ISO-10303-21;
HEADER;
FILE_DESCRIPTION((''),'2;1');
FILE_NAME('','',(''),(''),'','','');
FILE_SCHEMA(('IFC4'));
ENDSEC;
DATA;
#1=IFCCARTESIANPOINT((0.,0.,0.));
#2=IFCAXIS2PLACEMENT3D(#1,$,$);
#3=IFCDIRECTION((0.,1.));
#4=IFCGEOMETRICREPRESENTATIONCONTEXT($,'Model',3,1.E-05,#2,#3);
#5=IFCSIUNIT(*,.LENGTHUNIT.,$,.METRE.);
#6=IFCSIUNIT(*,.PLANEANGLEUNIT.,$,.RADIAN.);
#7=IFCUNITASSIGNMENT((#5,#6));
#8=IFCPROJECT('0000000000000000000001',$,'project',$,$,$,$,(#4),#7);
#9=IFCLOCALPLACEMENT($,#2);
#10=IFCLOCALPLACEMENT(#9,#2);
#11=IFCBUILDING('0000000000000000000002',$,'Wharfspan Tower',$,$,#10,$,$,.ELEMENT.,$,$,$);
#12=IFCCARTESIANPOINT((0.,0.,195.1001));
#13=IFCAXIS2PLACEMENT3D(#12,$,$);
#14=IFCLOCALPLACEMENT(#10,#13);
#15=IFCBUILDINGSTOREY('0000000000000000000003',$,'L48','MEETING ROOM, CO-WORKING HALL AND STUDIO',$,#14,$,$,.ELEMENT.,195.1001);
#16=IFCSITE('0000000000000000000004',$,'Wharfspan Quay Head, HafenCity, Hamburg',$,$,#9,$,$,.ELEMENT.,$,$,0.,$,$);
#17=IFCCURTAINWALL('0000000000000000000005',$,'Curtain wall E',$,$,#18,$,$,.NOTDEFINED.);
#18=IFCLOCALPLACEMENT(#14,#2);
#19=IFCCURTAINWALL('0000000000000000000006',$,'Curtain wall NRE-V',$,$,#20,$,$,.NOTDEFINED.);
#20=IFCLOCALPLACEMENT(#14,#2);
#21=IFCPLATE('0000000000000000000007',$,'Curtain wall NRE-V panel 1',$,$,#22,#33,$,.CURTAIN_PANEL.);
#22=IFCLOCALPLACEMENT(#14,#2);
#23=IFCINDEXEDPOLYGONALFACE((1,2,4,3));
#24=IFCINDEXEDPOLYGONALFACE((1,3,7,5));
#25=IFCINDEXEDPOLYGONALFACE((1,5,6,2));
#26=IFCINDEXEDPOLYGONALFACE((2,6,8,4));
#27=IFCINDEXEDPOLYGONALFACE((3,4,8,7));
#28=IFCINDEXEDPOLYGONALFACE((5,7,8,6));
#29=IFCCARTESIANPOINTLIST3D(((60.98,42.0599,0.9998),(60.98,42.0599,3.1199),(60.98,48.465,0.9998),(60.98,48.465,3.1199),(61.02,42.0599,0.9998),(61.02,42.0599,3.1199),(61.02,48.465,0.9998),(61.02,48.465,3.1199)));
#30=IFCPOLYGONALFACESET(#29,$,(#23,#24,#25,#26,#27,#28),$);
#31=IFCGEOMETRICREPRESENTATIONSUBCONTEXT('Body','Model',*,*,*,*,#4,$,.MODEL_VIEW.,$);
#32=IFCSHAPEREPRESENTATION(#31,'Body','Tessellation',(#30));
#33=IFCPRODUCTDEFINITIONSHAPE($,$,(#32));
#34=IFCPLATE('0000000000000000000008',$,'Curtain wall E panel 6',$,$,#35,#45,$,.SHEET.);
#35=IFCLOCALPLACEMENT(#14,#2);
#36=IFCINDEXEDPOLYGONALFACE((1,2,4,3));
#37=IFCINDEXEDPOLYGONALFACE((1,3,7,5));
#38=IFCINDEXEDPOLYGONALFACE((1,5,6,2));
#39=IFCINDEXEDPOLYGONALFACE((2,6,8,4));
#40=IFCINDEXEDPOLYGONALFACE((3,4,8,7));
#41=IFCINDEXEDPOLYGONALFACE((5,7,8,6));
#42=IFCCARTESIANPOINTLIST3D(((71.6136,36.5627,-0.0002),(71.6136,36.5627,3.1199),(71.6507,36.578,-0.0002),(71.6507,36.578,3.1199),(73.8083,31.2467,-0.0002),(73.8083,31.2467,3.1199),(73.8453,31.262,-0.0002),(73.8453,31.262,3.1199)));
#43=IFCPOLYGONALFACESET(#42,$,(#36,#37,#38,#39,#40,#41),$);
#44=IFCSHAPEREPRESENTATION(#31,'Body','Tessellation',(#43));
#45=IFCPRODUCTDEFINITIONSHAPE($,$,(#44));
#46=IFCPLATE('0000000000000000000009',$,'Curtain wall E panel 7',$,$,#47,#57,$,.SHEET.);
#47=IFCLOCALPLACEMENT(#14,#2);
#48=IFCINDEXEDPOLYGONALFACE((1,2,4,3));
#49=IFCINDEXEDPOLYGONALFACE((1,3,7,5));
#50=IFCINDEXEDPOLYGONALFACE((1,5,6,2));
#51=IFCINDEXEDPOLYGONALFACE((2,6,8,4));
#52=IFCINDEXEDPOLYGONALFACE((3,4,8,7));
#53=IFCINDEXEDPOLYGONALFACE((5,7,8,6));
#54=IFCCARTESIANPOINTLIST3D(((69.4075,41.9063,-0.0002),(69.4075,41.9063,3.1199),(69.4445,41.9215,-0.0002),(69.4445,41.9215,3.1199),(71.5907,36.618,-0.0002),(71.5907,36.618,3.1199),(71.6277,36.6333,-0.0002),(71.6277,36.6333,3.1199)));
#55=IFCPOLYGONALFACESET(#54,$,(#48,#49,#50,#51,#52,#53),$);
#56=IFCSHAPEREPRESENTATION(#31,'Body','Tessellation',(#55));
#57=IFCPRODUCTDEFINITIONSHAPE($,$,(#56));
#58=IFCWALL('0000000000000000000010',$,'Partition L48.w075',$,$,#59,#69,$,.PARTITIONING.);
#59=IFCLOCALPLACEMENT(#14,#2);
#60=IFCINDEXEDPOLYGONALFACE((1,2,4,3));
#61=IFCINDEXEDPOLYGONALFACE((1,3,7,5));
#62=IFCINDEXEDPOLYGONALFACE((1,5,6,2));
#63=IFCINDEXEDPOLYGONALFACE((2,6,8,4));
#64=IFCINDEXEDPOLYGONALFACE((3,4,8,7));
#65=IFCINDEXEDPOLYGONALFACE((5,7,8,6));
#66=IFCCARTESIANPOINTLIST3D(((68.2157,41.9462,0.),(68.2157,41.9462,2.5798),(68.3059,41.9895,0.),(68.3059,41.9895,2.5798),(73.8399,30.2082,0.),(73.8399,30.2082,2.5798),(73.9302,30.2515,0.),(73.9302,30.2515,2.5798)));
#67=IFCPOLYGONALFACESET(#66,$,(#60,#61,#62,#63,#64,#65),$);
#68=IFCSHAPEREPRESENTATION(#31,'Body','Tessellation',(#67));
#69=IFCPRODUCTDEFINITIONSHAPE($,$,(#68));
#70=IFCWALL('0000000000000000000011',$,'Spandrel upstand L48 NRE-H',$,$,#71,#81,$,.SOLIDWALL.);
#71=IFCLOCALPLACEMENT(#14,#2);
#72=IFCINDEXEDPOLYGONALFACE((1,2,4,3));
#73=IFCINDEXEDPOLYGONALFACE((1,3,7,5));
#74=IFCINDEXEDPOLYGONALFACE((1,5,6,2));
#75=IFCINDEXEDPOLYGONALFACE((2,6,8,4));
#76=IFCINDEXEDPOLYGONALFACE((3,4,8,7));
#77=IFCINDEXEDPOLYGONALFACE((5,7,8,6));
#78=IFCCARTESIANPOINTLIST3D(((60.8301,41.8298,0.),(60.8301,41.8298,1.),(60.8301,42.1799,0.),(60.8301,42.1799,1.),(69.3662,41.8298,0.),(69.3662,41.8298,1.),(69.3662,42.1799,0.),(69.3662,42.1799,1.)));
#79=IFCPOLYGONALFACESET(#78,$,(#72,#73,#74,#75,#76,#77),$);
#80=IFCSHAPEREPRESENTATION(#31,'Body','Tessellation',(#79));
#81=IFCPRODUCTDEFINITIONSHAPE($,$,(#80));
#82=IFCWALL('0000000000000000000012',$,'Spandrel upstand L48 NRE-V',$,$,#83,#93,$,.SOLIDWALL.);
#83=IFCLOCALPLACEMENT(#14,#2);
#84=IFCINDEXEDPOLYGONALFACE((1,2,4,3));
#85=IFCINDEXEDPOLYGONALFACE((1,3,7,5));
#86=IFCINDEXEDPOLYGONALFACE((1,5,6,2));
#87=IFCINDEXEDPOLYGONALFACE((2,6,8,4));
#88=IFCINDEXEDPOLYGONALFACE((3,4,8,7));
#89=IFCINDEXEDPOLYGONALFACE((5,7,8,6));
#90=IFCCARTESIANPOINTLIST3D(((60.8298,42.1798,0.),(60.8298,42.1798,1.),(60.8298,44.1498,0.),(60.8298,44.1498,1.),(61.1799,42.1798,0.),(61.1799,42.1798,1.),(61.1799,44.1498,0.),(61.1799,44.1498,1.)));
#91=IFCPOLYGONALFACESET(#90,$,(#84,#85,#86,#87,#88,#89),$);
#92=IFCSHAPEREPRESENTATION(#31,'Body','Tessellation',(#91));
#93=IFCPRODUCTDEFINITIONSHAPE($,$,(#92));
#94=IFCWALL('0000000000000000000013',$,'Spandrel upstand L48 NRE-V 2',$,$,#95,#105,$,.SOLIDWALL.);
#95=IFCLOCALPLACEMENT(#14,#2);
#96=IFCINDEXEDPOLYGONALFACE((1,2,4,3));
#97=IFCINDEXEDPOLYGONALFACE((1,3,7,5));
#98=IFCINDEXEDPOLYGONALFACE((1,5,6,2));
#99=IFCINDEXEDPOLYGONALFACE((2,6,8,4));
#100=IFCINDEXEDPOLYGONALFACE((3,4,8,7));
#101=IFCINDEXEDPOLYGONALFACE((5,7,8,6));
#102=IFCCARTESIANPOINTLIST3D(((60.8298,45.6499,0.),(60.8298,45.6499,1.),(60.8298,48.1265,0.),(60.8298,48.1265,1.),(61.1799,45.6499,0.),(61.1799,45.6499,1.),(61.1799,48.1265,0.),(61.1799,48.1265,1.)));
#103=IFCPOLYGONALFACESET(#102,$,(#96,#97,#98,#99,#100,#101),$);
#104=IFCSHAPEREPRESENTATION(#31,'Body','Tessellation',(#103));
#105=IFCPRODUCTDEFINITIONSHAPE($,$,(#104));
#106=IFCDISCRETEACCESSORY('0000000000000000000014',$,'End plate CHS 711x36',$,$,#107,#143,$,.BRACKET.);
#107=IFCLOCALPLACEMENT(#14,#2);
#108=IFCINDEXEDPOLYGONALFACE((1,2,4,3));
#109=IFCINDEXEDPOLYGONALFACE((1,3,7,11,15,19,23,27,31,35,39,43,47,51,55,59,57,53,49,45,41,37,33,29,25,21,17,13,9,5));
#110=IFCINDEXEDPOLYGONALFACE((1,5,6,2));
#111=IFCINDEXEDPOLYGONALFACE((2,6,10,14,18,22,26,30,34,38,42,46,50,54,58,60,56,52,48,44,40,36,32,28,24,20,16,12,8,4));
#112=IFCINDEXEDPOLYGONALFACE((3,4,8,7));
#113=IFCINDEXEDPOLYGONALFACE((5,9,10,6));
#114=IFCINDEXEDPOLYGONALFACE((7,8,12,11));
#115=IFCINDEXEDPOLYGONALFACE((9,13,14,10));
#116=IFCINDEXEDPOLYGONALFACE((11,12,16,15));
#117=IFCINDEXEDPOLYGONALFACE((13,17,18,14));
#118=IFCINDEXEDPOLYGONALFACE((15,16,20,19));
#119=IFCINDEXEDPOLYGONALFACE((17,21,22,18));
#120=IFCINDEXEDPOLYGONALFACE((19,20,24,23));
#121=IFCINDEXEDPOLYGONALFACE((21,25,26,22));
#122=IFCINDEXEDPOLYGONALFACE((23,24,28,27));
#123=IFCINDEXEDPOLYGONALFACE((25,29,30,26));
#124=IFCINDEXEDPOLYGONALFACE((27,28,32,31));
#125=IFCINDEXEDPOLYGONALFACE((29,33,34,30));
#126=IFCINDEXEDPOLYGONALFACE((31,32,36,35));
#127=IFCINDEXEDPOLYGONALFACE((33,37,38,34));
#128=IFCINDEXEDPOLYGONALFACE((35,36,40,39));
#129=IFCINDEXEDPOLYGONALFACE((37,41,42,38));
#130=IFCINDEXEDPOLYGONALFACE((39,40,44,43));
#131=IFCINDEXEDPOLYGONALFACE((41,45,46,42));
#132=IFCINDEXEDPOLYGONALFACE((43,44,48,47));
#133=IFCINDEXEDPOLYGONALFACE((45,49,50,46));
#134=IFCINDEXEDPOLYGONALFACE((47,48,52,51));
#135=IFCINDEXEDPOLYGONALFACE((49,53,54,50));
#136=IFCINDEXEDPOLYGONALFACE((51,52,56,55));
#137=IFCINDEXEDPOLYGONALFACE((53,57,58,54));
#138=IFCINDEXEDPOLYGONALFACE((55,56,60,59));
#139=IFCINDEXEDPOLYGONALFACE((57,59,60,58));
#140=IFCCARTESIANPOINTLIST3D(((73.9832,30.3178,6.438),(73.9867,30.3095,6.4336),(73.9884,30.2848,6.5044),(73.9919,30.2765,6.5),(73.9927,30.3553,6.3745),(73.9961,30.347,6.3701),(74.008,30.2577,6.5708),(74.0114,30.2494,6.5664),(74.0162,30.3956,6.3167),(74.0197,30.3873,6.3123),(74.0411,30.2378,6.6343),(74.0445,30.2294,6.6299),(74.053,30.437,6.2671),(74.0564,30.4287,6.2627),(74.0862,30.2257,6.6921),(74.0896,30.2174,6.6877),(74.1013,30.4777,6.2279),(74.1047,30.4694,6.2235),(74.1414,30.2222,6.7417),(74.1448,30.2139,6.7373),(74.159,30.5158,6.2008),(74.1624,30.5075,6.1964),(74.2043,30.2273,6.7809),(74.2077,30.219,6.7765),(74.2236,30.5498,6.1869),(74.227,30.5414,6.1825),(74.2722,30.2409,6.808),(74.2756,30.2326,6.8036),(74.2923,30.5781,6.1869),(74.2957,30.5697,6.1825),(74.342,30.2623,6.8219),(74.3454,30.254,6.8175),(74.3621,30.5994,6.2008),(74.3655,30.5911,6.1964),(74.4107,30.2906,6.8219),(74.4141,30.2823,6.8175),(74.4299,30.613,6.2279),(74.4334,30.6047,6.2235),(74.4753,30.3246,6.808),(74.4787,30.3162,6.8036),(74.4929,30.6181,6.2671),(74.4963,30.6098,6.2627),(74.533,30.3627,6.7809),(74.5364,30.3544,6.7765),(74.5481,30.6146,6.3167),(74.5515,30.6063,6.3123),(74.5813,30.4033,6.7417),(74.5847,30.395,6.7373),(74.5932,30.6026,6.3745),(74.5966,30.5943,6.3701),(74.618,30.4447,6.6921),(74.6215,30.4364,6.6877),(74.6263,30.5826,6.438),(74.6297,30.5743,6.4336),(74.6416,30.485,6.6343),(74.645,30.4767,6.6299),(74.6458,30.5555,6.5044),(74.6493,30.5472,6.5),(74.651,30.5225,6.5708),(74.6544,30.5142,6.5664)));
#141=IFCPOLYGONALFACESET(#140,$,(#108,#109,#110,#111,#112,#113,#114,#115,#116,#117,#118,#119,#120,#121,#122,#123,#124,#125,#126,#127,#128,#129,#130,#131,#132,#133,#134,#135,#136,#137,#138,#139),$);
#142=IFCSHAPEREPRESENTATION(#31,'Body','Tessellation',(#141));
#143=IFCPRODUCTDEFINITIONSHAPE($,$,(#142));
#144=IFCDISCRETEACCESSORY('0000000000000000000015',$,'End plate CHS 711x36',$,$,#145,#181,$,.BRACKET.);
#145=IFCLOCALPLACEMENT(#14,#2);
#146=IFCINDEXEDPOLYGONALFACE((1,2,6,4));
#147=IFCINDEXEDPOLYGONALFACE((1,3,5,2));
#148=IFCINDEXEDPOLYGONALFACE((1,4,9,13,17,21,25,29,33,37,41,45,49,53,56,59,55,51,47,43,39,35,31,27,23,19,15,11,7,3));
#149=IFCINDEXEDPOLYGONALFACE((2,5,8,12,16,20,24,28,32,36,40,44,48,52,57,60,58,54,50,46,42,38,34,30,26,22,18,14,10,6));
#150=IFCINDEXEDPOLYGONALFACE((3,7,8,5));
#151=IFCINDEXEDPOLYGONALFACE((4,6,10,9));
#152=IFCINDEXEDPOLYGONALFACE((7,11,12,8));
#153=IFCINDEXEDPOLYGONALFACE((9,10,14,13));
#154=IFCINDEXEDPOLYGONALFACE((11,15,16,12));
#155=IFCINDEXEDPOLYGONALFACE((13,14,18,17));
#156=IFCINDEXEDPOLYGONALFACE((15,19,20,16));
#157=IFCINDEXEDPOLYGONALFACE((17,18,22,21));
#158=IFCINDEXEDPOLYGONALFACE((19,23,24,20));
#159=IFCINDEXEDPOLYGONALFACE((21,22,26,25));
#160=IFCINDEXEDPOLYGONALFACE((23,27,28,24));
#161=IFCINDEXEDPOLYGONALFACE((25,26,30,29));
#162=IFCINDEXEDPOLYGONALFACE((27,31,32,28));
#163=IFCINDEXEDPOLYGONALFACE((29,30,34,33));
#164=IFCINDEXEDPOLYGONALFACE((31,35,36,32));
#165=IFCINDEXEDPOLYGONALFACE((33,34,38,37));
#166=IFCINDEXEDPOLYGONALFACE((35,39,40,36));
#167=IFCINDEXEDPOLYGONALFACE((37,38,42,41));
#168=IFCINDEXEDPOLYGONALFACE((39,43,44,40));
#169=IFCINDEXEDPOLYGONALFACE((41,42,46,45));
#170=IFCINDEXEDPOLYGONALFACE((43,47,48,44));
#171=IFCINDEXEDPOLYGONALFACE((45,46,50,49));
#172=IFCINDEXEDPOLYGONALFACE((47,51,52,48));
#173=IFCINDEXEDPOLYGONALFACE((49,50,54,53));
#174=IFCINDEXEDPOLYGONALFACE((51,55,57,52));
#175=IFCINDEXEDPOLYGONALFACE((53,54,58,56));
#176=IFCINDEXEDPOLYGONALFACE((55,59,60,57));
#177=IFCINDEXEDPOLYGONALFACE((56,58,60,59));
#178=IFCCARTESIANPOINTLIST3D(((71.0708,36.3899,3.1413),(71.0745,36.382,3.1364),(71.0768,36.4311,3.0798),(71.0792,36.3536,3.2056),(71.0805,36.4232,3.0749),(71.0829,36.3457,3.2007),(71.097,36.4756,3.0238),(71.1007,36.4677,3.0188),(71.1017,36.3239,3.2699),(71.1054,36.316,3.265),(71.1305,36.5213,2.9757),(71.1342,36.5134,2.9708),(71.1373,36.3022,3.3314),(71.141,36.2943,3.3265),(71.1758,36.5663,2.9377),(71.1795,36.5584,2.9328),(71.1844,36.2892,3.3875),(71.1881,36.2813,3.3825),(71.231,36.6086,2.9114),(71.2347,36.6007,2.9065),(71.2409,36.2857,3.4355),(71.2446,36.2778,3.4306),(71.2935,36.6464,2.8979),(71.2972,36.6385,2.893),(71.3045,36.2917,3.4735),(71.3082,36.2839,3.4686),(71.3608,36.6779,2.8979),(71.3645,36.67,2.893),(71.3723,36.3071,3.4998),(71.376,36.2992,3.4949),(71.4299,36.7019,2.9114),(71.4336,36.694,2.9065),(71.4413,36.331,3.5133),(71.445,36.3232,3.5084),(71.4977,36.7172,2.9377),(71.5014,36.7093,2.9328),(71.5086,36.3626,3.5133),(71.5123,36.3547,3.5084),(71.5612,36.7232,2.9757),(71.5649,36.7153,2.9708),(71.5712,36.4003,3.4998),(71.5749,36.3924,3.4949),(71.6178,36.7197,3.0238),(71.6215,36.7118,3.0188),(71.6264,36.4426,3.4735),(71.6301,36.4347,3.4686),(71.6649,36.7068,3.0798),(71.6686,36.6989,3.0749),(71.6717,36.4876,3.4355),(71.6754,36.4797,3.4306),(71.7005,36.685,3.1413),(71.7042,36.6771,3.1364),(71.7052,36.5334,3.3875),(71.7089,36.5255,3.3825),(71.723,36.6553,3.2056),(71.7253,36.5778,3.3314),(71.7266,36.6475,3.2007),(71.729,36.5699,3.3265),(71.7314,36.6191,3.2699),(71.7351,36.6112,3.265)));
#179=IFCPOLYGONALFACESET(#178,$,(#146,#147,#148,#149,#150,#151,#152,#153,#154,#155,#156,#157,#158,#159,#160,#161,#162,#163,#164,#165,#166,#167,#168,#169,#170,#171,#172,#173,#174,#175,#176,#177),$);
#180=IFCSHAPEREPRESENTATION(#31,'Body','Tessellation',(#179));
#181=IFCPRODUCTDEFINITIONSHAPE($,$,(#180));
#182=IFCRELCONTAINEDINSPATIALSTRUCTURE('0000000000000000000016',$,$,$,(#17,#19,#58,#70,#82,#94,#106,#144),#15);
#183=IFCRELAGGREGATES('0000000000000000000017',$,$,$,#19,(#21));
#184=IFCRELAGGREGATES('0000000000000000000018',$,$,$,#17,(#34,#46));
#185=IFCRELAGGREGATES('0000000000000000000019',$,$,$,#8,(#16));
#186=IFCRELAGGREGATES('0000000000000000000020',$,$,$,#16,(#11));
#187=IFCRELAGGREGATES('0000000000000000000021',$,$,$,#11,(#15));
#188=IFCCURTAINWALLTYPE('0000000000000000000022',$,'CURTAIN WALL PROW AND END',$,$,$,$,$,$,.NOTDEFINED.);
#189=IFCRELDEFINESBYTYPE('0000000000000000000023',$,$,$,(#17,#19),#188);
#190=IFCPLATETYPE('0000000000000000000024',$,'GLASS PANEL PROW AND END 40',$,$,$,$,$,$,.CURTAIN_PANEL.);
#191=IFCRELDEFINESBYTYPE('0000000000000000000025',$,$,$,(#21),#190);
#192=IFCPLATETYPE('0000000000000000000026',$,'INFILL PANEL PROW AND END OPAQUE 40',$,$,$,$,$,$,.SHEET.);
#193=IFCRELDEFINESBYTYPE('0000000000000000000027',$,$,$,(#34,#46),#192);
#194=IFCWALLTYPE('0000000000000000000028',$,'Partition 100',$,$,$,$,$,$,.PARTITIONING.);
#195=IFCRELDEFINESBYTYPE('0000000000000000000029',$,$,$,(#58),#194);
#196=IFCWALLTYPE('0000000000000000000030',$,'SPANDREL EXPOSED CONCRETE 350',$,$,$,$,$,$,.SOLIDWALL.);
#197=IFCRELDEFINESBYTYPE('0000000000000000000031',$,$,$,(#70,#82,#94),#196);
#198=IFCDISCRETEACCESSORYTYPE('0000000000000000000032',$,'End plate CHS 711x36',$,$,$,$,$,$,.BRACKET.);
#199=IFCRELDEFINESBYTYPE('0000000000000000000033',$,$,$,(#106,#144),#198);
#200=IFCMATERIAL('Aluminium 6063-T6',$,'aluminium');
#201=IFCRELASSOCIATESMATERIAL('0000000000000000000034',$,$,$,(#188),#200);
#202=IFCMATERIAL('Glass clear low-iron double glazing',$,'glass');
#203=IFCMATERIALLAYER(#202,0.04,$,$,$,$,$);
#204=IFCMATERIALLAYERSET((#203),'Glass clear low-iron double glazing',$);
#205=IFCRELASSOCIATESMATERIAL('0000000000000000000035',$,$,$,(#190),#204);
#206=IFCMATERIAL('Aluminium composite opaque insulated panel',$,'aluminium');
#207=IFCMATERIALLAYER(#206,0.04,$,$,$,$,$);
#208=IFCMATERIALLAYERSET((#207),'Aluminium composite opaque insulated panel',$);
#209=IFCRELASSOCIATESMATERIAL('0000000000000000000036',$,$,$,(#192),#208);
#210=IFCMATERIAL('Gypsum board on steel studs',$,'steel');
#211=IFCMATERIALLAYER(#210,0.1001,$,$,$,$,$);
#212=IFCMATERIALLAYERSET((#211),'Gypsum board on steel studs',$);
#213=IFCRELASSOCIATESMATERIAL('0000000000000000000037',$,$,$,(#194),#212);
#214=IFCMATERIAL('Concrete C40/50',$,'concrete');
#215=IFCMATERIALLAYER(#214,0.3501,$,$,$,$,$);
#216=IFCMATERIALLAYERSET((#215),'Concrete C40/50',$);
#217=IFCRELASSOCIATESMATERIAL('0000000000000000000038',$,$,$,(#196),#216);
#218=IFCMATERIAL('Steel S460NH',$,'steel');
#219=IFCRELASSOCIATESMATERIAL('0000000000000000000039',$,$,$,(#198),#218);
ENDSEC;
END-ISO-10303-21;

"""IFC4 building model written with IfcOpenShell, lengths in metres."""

from ifc_helpers import new_model, si_unit, direction, frame, frame_2d, origin, origin_2d, place, context, subcontext, project, spatial, rectangle, circle, extrude, material, layer, layer_set, material_profile, profile_set, type_object, element, aggregate, save


model = new_model("IFC4")

# Units and contexts
model_context = context("Model", 3, precision=1e-05, world=origin(), true_north=direction((0.0, 1.0)))
body_context = subcontext(model_context, "Body", "Model", "MODEL_VIEW")
ifc_project = project(units=[si_unit("LENGTHUNIT", "METRE"), si_unit("PLANEANGLEUNIT", "RADIAN")], contexts=[model_context])

# Site, building, storey
site_placement = place(None, origin())
site = spatial("IfcSite", under=ifc_project, at=site_placement, Name="Wharfspan Quay Head, HafenCity, Hamburg", CompositionType="ELEMENT", RefElevation=0.0)
building_placement = place(site_placement, origin())
building = spatial("IfcBuilding", under=site, at=building_placement, Name="Wharfspan Tower", CompositionType="ELEMENT")
storey_placement = place(building_placement, frame((0.0, 0.0, 195.1001)))
storey = spatial("IfcBuildingStorey", under=building, at=storey_placement, Name="L48", Description="MEETING ROOM, CO-WORKING HALL AND STUDIO", CompositionType="ELEMENT", Elevation=195.1001)

# Curtain wall
ifc_material_1 = material(Name="Aluminium 6063-T6", Category="aluminium")
curtain_wall_type = type_object("IfcCurtainWallType", Name="CURTAIN WALL PROW AND END", PredefinedType="NOTDEFINED", material=ifc_material_1)
curtain_wall_1_placement = place(storey_placement, origin())
curtain_wall_1 = element("IfcCurtainWall", 1, at=curtain_wall_1_placement, inside=storey, type_object=curtain_wall_type, Name="Curtain wall E", PredefinedType="NOTDEFINED")

# Curtain wall
curtain_wall_2_placement = place(storey_placement, origin())
curtain_wall_2 = element("IfcCurtainWall", 2, at=curtain_wall_2_placement, inside=storey, type_object=curtain_wall_type, Name="Curtain wall NRE-V", PredefinedType="NOTDEFINED")

# Shared definitions
ifc_material_2 = material(Name="Steel S460NH", Category="steel")

# Plates
ifc_material_3 = material(Name="Glass clear low-iron double glazing", Category="glass")
ifc_layer_1 = layer(ifc_material_3, 0.04)
ifc_layer_set_1 = layer_set([ifc_layer_1], Name="Glass clear low-iron double glazing")
plate_type_1 = type_object("IfcPlateType", Name="GLASS PANEL PROW AND END 40", PredefinedType="CURTAIN_PANEL", material=ifc_layer_set_1)
plate_1_placement = place(storey_placement, frame((61.0, 45.2625, 0.9998), z_axis=(0.0, 0.0, 1.0), x_axis=(0.0, 1.0, 0.0)))
plate_1 = element("IfcPlate", 3, at=plate_1_placement, type_object=plate_type_1, Name="Curtain wall NRE-V panel 1", PredefinedType="CURTAIN_PANEL", context=body_context, shape_type="SweptSolid", body=[
    extrude(rectangle(XDim=6.405, YDim=0.04, at=origin_2d()), origin(), (0.0, 0.0, 1.0), 2.1201),
])
aggregate(curtain_wall_2, [plate_1])
ifc_material_4 = material(Name="Aluminium composite opaque insulated panel", Category="aluminium")
ifc_layer_2 = layer(ifc_material_4, 0.04)
ifc_layer_set_2 = layer_set([ifc_layer_2], Name="Aluminium composite opaque insulated panel")
plate_type_2 = type_object("IfcPlateType", Name="INFILL PANEL PROW AND END OPAQUE 40", PredefinedType="SHEET", material=ifc_layer_set_2)
plate_2_placement = place(storey_placement, frame((72.7295, 33.9124, -0.0002), z_axis=(0.0, 0.0, 1.0), x_axis=(-0.381602, 0.924325, 0.0)))
plate_2 = element("IfcPlate", 4, at=plate_2_placement, type_object=plate_type_2, Name="Curtain wall E panel 6", PredefinedType="SHEET", context=body_context, shape_type="SweptSolid", body=[
    extrude(rectangle(XDim=5.7512, YDim=0.04, at=origin_2d()), origin(), (0.0, 0.0, 1.0), 3.1201),
])
plate_3_placement = place(storey_placement, frame((70.5176, 39.2698, -0.0002), z_axis=(0.0, 0.0, 1.0), x_axis=(-0.381602, 0.924325, 0.0)))
plate_3 = element("IfcPlate", 5, at=plate_3_placement, type_object=plate_type_2, Name="Curtain wall E panel 7", PredefinedType="SHEET", context=body_context, shape_type="SweptSolid", body=[
    extrude(rectangle(XDim=5.7212, YDim=0.04, at=origin_2d()), origin(), (0.0, 0.0, 1.0), 3.1201),
])
aggregate(curtain_wall_1, [plate_2, plate_3])

# Walls
ifc_material_5 = material(Name="Gypsum board on steel studs", Category="steel")
ifc_layer_3 = layer(ifc_material_5, 0.1001)
ifc_layer_set_3 = layer_set([ifc_layer_3], Name="Gypsum board on steel studs")
wall_type_1 = type_object("IfcWallType", Name="Partition 100", PredefinedType="PARTITIONING", material=ifc_layer_set_3)
wall_1_placement = place(storey_placement, frame((73.885, 30.23, 0.0), z_axis=(0.0, 0.0, 1.0), x_axis=(-0.432107, 0.901822, 0.0)))
element("IfcWall", 6, at=wall_1_placement, inside=storey, type_object=wall_type_1, Name="Partition L48.w075", PredefinedType="PARTITIONING", context=body_context, shape_type="SweptSolid", body=[
    extrude(rectangle(XDim=13.0159, YDim=0.1001, at=frame_2d((6.5078, 0.0))), origin(), (0.0, 0.0, 1.0), 2.5798),
])
ifc_material_6 = material(Name="Concrete C40/50", Category="concrete")
ifc_layer_4 = layer(ifc_material_6, 0.3501)
ifc_layer_set_4 = layer_set([ifc_layer_4], Name="Concrete C40/50")
wall_type_2 = type_object("IfcWallType", Name="SPANDREL EXPOSED CONCRETE 350", PredefinedType="SOLIDWALL", material=ifc_layer_set_4)
wall_2_placement = place(storey_placement, frame((69.3662, 42.0049, 0.0), z_axis=(0.0, 0.0, 1.0), x_axis=(-1.0, 0.0, 0.0)))
element("IfcWall", 7, at=wall_2_placement, inside=storey, type_object=wall_type_2, Name="Spandrel upstand L48 NRE-H", PredefinedType="SOLIDWALL", context=body_context, shape_type="SweptSolid", body=[
    extrude(rectangle(XDim=8.5361, YDim=0.3501, at=frame_2d((4.2681, 0.0))), origin(), (0.0, 0.0, 1.0), 1.0),
])
wall_3_placement = place(storey_placement, frame((61.0049, 42.1799, 0.0), z_axis=(0.0, 0.0, 1.0), x_axis=(0.0, 1.0, 0.0)))
element("IfcWall", 8, at=wall_3_placement, inside=storey, type_object=wall_type_2, Name="Spandrel upstand L48 NRE-V", PredefinedType="SOLIDWALL", context=body_context, shape_type="SweptSolid", body=[
    extrude(rectangle(XDim=1.97, YDim=0.3501, at=frame_2d((0.9849, 0.0))), origin(), (0.0, 0.0, 1.0), 1.0),
])
wall_4_placement = place(storey_placement, frame((61.0049, 45.6499, 0.0), z_axis=(0.0, 0.0, 1.0), x_axis=(0.0, 1.0, 0.0)))
element("IfcWall", 9, at=wall_4_placement, inside=storey, type_object=wall_type_2, Name="Spandrel upstand L48 NRE-V 2", PredefinedType="SOLIDWALL", context=body_context, shape_type="SweptSolid", body=[
    extrude(rectangle(XDim=2.4766, YDim=0.3501, at=frame_2d((1.2383, 0.0))), origin(), (0.0, 0.0, 1.0), 1.0),
])

# Discrete accessories
ifc_material_profile_1 = material_profile(ifc_material_2, circle(Radius=0.3555, at=origin_2d()))
ifc_profile_set_1 = profile_set([ifc_material_profile_1], Name="Steel S460NH")
discrete_accessory_type = type_object("IfcDiscreteAccessoryType", Name="End plate CHS 711x36", PredefinedType="BRACKET", material=ifc_profile_set_1)
for number, where, z_axis, x_axis, name in (
    (10, (74.3206, 30.4119, 6.5), (-0.341972, 0.830504, 0.439679), (-0.924678, -0.380749, -0.000001), "End plate CHS 711x36"),
    (11, (71.4048, 36.4966, 3.2007), (-0.369386, 0.788024, 0.492515), (-0.905459, -0.424433, -0.000001), "End plate CHS 711x36"),
):
    element("IfcDiscreteAccessory", number, at=place(storey_placement, frame(where, z_axis=z_axis, x_axis=x_axis)), inside=storey, type_object=discrete_accessory_type, Name=name, PredefinedType="BRACKET", context=body_context, shape_type="SweptSolid", body=[
        extrude(circle(Radius=0.3555, at=origin_2d()), origin(), (0.0, 0.0, 1.0), 0.01),
    ])

save(model, "model.ifc")
